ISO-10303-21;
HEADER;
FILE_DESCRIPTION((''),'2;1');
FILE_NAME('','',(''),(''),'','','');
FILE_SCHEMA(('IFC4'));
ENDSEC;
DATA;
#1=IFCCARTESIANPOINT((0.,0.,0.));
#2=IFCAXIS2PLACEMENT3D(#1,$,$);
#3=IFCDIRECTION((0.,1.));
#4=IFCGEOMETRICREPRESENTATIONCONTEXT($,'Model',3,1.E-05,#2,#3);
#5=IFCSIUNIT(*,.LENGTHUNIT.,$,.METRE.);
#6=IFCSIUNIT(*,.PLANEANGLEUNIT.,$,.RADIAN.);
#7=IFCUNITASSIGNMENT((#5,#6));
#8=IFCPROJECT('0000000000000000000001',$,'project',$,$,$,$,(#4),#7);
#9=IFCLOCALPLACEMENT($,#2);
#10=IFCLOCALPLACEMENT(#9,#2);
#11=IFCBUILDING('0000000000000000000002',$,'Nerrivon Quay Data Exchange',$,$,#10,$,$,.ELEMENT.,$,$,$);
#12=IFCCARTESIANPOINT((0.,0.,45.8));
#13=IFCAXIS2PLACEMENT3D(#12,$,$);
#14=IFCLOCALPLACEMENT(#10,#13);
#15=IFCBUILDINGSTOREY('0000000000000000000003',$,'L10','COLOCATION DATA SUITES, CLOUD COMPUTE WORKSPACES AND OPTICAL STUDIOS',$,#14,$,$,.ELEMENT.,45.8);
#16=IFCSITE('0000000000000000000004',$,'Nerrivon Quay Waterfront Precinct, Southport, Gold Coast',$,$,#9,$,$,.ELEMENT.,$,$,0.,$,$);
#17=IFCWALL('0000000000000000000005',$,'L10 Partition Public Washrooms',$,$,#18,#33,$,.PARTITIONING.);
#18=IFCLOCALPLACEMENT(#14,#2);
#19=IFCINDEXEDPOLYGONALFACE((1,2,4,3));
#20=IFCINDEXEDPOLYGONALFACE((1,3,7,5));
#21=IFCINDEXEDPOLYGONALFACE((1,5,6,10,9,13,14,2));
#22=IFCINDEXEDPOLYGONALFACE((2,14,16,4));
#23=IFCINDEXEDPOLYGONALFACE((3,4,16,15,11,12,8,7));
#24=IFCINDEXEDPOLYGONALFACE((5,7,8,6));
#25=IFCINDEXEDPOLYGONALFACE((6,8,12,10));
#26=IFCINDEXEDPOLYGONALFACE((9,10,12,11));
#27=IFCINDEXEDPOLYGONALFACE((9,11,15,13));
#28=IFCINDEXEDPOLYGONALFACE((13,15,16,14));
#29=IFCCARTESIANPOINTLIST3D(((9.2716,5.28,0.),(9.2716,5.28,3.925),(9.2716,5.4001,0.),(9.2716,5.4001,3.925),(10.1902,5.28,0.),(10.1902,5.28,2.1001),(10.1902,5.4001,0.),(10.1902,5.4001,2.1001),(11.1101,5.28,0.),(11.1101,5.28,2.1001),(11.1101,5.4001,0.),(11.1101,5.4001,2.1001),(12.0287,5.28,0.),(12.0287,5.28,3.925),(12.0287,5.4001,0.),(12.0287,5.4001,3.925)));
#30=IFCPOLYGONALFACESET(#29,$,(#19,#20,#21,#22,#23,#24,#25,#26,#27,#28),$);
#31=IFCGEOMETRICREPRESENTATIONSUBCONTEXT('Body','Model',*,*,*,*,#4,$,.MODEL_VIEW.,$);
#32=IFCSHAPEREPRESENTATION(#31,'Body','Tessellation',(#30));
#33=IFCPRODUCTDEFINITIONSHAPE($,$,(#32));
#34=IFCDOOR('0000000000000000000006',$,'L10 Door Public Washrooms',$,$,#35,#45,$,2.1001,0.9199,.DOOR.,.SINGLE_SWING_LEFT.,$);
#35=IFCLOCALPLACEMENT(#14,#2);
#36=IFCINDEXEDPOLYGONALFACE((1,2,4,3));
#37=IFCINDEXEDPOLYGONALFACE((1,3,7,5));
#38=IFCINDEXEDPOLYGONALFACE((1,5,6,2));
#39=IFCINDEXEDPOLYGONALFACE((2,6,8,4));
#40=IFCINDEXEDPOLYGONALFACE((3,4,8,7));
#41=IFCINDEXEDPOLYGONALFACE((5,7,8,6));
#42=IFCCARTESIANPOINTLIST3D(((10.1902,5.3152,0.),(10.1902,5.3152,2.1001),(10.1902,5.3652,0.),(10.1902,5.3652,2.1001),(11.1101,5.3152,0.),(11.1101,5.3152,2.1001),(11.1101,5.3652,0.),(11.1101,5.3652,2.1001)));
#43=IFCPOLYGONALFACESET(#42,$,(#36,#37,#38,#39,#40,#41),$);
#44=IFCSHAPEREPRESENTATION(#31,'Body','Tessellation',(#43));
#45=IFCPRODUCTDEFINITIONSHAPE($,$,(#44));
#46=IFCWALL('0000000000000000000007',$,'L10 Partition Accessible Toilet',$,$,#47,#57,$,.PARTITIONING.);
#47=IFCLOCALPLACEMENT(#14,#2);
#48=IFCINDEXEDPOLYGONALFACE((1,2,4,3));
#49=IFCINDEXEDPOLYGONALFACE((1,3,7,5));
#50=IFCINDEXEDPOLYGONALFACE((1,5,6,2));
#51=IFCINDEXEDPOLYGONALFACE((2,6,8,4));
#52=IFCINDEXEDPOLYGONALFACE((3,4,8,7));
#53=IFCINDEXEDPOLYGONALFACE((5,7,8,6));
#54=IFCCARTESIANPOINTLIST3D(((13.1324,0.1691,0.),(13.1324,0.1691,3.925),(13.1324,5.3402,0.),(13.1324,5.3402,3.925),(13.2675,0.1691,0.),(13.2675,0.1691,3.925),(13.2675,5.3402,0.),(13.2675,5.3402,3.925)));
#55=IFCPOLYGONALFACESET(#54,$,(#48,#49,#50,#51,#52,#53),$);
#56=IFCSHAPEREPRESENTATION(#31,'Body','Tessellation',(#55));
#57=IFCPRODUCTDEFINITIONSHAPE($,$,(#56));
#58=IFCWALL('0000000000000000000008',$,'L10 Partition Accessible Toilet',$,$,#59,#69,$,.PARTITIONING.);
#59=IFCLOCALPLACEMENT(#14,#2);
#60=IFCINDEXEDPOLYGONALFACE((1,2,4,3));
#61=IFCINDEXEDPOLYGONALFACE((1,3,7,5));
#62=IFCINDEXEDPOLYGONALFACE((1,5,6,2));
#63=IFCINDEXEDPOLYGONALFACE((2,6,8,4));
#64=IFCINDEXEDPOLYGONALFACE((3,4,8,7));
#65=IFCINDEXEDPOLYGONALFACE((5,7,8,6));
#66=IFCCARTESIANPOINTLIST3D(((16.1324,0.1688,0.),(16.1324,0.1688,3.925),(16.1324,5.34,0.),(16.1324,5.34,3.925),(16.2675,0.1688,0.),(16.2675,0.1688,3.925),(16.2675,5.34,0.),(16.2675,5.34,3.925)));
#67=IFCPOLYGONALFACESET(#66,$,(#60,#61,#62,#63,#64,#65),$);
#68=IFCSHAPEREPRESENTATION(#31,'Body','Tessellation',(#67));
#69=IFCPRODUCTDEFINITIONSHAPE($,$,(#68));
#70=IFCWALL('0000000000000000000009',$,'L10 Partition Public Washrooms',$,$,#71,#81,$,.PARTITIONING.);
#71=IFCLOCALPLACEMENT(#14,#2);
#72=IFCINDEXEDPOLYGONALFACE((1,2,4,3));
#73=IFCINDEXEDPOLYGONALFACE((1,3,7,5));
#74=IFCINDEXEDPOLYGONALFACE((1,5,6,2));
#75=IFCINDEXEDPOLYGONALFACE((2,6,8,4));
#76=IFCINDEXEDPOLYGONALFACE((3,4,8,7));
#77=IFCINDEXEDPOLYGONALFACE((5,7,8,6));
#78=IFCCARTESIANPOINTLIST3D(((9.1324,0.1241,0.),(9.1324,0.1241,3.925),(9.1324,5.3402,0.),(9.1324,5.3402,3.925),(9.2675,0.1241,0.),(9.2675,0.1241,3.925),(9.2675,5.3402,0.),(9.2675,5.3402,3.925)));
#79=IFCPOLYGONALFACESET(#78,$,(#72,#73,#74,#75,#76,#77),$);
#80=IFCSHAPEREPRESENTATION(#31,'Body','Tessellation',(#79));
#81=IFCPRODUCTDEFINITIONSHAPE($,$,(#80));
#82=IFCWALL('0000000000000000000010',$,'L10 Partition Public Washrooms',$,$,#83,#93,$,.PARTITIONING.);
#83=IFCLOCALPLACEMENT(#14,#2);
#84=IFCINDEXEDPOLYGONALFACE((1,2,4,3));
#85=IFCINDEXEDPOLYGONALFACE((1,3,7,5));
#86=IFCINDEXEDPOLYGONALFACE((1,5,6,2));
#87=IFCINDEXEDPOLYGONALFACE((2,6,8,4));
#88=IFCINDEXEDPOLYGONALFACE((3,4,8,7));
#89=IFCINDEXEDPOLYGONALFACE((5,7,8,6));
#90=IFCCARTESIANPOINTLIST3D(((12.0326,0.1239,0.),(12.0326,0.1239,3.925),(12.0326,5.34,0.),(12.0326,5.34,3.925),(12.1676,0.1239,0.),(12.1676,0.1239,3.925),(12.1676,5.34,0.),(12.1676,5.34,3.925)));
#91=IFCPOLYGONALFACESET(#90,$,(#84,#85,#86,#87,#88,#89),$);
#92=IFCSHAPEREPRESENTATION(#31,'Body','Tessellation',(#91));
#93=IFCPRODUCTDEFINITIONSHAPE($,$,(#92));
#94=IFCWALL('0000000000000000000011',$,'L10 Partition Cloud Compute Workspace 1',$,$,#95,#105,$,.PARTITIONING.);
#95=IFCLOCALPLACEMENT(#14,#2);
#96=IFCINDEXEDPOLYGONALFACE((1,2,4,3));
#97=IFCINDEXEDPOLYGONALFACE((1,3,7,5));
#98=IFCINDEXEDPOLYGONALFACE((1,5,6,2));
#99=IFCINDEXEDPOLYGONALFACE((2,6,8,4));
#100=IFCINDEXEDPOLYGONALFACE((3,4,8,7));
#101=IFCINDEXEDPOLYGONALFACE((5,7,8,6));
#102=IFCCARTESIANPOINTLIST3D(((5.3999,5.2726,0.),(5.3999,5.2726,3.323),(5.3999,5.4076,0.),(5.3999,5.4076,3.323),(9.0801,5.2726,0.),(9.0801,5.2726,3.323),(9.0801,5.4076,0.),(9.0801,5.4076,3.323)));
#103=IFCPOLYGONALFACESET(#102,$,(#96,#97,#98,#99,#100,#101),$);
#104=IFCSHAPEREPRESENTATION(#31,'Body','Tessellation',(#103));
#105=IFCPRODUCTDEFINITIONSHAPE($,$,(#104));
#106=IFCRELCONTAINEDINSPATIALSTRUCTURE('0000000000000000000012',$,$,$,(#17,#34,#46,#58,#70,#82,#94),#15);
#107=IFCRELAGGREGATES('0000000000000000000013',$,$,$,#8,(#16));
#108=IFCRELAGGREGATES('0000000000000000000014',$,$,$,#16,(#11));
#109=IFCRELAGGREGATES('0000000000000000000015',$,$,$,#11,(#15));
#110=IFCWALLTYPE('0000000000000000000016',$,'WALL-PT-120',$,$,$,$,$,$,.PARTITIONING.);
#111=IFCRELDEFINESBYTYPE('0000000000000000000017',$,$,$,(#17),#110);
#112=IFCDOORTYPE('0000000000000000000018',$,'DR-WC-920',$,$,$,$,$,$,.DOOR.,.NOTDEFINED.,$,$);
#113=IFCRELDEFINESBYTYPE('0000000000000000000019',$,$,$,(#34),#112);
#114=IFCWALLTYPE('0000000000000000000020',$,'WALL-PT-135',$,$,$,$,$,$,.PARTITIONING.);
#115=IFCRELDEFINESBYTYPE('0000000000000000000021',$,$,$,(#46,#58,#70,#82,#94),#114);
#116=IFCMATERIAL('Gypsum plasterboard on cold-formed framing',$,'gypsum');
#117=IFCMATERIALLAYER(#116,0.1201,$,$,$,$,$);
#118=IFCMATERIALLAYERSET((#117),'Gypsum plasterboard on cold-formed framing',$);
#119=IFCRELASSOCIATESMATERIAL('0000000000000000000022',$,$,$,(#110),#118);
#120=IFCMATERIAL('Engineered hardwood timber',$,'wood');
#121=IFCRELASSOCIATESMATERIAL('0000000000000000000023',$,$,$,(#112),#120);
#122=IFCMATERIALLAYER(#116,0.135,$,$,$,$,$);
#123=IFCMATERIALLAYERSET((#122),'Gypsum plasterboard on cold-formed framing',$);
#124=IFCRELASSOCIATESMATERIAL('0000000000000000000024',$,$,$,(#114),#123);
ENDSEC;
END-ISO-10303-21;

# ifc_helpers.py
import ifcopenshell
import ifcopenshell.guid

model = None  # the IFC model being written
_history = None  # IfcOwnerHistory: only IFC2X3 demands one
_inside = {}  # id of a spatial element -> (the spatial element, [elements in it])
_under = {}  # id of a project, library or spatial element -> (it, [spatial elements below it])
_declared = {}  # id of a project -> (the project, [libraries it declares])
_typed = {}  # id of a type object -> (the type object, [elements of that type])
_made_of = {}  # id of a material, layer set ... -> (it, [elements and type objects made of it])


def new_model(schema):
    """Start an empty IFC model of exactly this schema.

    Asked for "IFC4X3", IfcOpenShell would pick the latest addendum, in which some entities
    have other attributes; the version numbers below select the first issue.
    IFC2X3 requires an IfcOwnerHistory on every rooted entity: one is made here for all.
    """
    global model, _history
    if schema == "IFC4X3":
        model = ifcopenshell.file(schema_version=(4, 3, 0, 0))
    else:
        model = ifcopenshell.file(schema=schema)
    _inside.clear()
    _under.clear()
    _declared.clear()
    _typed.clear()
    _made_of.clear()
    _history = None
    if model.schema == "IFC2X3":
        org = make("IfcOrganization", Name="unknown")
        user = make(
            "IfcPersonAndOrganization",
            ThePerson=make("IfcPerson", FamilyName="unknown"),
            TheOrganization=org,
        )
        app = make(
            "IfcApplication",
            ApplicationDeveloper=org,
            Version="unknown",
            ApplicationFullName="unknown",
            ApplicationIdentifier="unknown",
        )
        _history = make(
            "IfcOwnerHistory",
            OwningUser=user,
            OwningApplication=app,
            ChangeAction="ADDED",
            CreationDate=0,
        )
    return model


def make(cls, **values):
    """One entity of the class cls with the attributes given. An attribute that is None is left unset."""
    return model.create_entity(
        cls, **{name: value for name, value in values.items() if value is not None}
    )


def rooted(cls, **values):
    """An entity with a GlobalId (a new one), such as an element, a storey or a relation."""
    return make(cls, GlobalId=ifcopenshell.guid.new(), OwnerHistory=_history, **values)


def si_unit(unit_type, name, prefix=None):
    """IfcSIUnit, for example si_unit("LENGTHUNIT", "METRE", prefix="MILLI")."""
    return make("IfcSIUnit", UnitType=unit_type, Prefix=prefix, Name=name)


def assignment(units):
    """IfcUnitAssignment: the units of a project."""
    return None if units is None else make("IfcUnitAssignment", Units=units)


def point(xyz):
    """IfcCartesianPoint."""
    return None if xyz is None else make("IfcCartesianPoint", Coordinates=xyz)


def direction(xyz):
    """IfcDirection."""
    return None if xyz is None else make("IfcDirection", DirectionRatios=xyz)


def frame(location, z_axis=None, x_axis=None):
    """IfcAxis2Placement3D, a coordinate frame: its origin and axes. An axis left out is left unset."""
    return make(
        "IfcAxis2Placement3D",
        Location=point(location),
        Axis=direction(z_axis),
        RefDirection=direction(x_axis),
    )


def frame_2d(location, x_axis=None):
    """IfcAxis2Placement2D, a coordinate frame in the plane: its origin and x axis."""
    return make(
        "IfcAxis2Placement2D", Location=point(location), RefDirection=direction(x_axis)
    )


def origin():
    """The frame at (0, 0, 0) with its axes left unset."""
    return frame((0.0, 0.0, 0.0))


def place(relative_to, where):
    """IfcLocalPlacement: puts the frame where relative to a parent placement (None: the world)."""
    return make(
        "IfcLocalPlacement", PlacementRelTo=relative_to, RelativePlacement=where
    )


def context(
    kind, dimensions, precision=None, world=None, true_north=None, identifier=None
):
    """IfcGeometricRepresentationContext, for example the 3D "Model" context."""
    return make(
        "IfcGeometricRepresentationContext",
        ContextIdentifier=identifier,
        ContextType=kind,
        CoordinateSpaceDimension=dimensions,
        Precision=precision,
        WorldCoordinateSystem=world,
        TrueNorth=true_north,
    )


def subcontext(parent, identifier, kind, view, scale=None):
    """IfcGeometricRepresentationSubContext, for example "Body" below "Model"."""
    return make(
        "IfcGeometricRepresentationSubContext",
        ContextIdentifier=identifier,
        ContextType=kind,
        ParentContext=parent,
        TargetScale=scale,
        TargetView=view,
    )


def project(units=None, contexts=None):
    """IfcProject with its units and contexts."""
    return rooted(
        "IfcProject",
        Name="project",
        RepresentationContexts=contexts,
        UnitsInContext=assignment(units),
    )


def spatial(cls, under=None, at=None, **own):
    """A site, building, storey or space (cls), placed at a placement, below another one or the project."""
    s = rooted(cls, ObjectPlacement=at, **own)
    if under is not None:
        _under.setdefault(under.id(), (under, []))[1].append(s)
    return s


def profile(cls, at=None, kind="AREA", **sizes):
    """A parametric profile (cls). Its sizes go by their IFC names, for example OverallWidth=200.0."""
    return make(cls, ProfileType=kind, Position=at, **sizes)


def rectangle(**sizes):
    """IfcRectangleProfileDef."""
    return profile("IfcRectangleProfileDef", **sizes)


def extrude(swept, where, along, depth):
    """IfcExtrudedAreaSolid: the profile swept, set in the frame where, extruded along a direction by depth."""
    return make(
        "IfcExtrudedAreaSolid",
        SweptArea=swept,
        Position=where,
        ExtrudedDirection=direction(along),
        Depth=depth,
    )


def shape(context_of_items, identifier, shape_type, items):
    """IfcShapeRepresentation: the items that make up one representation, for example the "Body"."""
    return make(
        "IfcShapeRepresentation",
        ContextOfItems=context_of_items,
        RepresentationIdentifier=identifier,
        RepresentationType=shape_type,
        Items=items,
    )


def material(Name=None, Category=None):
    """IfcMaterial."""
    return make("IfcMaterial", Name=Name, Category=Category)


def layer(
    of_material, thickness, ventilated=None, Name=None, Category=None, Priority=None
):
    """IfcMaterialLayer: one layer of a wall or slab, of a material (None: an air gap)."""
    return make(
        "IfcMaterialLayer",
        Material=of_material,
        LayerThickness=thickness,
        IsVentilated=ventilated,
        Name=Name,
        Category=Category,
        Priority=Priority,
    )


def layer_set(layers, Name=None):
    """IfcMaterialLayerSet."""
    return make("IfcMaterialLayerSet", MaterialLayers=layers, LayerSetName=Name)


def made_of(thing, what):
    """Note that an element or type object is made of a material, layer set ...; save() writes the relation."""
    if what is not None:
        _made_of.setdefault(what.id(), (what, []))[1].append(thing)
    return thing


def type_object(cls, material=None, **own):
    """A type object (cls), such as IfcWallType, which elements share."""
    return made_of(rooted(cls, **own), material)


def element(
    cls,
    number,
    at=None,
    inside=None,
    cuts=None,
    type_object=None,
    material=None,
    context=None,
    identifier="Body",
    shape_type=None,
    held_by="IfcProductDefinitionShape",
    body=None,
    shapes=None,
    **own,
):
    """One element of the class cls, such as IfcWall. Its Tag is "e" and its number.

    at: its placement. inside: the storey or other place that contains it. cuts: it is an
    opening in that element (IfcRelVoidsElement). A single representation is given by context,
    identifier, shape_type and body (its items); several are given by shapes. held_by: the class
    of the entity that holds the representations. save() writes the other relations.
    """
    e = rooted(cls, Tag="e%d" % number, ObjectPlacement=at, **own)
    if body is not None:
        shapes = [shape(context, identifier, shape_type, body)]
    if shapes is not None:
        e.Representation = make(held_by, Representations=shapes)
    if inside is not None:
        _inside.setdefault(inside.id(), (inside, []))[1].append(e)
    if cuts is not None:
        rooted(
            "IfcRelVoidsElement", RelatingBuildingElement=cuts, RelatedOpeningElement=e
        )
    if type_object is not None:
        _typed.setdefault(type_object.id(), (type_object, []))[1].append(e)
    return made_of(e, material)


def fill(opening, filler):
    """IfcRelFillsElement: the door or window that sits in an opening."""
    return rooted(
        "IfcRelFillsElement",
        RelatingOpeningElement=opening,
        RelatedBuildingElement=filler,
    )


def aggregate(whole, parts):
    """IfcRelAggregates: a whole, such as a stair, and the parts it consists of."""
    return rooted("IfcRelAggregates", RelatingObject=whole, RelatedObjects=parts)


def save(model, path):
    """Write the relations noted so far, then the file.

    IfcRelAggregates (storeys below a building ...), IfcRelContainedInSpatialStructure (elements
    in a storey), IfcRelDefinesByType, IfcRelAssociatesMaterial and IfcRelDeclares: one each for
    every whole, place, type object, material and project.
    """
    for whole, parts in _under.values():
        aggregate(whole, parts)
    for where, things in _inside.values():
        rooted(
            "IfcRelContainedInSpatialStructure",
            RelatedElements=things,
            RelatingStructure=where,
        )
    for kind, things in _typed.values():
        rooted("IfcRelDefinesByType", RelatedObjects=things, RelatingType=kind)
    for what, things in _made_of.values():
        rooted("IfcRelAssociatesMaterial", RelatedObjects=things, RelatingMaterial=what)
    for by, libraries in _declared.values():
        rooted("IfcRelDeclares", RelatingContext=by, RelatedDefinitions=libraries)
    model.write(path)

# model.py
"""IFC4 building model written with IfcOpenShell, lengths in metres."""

from ifc_helpers import new_model, si_unit, direction, frame, frame_2d, origin, place, context, subcontext, project, spatial, rectangle, extrude, material, layer, layer_set, type_object, element, fill, save


model = new_model("IFC4")

# Units and contexts
model_context = context("Model", 3, precision=1e-05, world=origin(), true_north=direction((0.0, 1.0)))
body_context = subcontext(model_context, "Body", "Model", "MODEL_VIEW")
ifc_project = project(units=[si_unit("LENGTHUNIT", "METRE"), si_unit("PLANEANGLEUNIT", "RADIAN")], contexts=[model_context])

# Site, building, storey
site_placement = place(None, origin())
site = spatial("IfcSite", under=ifc_project, at=site_placement, Name="Nerrivon Quay Waterfront Precinct, Southport, Gold Coast", CompositionType="ELEMENT", RefElevation=0.0)
building_placement = place(site_placement, origin())
building = spatial("IfcBuilding", under=site, at=building_placement, Name="Nerrivon Quay Data Exchange", CompositionType="ELEMENT")
storey_placement = place(building_placement, frame((0.0, 0.0, 45.8)))
storey = spatial("IfcBuildingStorey", under=building, at=storey_placement, Name="L10", Description="COLOCATION DATA SUITES, CLOUD COMPUTE WORKSPACES AND OPTICAL STUDIOS", CompositionType="ELEMENT", Elevation=45.8)

# Wall, opening, door
ifc_material_1 = material(Name="Gypsum plasterboard on cold-formed framing", Category="gypsum")
ifc_layer_1 = layer(ifc_material_1, 0.1201)
ifc_layer_set_1 = layer_set([ifc_layer_1], Name="Gypsum plasterboard on cold-formed framing")
wall_type_1 = type_object("IfcWallType", Name="WALL-PT-120", PredefinedType="PARTITIONING", material=ifc_layer_set_1)
ifc_material_2 = material(Name="Engineered hardwood timber", Category="wood")
door_type = type_object("IfcDoorType", Name="DR-WC-920", OperationType="NOTDEFINED", PredefinedType="DOOR", material=ifc_material_2)
wall_1_placement = place(storey_placement, frame((12.0286, 5.3401, 0.0), z_axis=(0.0, 0.0, 1.0), x_axis=(-1.0, 0.0, 0.0)))
wall_1 = element("IfcWall", 1, at=wall_1_placement, inside=storey, type_object=wall_type_1, Name="L10 Partition Public Washrooms", PredefinedType="PARTITIONING", context=body_context, shape_type="SweptSolid", body=[
    extrude(rectangle(XDim=2.7571, YDim=0.1201, at=frame_2d((1.3784, 0.0))), origin(), (0.0, 0.0, 1.0), 3.925),
])
opening_1_placement = place(wall_1_placement, frame((0.9185, 0.0, 0.0)))
opening_1 = element("IfcOpeningElement", 2, at=opening_1_placement, cuts=wall_1, PredefinedType="OPENING", context=body_context, shape_type="SweptSolid", body=[
    extrude(rectangle(XDim=0.9199, YDim=2.1001, at=frame_2d((0.46, 1.05))), frame((0.0, 0.0701, 0.0), z_axis=(0.0, -1.0, 0.0), x_axis=(1.0, 0.0, 0.0)), (0.0, 0.0, 1.0), 0.1401),
])
door_1_placement = place(opening_1_placement, origin())
door_1 = element("IfcDoor", 3, at=door_1_placement, inside=storey, type_object=door_type, Name="L10 Door Public Washrooms", OperationType="SINGLE_SWING_LEFT", OverallHeight=2.1001, OverallWidth=0.9199, PredefinedType="DOOR", context=body_context, shape_type="SweptSolid", body=[
    extrude(rectangle(XDim=0.9199, YDim=2.1001, at=frame_2d((0.46, 1.05))), frame((0.0, 0.0249, 0.0), z_axis=(0.0, -1.0, 0.0), x_axis=(1.0, 0.0, 0.0)), (0.0, 0.0, 1.0), 0.05),
])
fill(opening_1, door_1)

# Walls
ifc_layer_2 = layer(ifc_material_1, 0.135)
ifc_layer_set_2 = layer_set([ifc_layer_2], Name="Gypsum plasterboard on cold-formed framing")
wall_type_2 = type_object("IfcWallType", Name="WALL-PT-135", PredefinedType="PARTITIONING", material=ifc_layer_set_2)
for number, where, z_axis, x_axis, name in (
    (4, (13.2, 5.3401, 0.0), (0.0, 0.0, 1.0), (0.0, -1.0, 0.0), "L10 Partition Accessible Toilet"),
    (5, (16.2, 0.1689, 0.0), (0.0, 0.0, 1.0), (0.0, 1.0, 0.0), "L10 Partition Accessible Toilet"),
):
    element("IfcWall", number, at=place(storey_placement, frame(where, z_axis=z_axis, x_axis=x_axis)), inside=storey, type_object=wall_type_2, Name=name, PredefinedType="PARTITIONING", context=body_context, shape_type="SweptSolid", body=[
        extrude(rectangle(XDim=5.1711, YDim=0.135, at=frame_2d((2.5854, 0.0))), origin(), (0.0, 0.0, 1.0), 3.925),
    ])
for number, where, z_axis, x_axis, name in (
    (6, (9.2, 5.3401, 0.0), (0.0, 0.0, 1.0), (0.0, -1.0, 0.0), "L10 Partition Public Washrooms"),
    (7, (12.1001, 0.124, 0.0), (0.0, 0.0, 1.0), (0.0, 1.0, 0.0), "L10 Partition Public Washrooms"),
):
    element("IfcWall", number, at=place(storey_placement, frame(where, z_axis=z_axis, x_axis=x_axis)), inside=storey, type_object=wall_type_2, Name=name, PredefinedType="PARTITIONING", context=body_context, shape_type="SweptSolid", body=[
        extrude(rectangle(XDim=5.2161, YDim=0.135, at=frame_2d((2.6079, 0.0))), origin(), (0.0, 0.0, 1.0), 3.925),
    ])
wall_2_placement = place(storey_placement, frame((9.0801, 5.3401, 0.0), z_axis=(0.0, 0.0, 1.0), x_axis=(-1.0, 0.0, 0.0)))
element("IfcWall", 8, at=wall_2_placement, inside=storey, type_object=wall_type_2, Name="L10 Partition Cloud Compute Workspace 1", PredefinedType="PARTITIONING", context=body_context, shape_type="SweptSolid", body=[
    extrude(rectangle(XDim=3.6802, YDim=0.135, at=frame_2d((1.8401, 0.0))), origin(), (0.0, 0.0, 1.0), 3.323),
])

save(model, "model.ifc")
